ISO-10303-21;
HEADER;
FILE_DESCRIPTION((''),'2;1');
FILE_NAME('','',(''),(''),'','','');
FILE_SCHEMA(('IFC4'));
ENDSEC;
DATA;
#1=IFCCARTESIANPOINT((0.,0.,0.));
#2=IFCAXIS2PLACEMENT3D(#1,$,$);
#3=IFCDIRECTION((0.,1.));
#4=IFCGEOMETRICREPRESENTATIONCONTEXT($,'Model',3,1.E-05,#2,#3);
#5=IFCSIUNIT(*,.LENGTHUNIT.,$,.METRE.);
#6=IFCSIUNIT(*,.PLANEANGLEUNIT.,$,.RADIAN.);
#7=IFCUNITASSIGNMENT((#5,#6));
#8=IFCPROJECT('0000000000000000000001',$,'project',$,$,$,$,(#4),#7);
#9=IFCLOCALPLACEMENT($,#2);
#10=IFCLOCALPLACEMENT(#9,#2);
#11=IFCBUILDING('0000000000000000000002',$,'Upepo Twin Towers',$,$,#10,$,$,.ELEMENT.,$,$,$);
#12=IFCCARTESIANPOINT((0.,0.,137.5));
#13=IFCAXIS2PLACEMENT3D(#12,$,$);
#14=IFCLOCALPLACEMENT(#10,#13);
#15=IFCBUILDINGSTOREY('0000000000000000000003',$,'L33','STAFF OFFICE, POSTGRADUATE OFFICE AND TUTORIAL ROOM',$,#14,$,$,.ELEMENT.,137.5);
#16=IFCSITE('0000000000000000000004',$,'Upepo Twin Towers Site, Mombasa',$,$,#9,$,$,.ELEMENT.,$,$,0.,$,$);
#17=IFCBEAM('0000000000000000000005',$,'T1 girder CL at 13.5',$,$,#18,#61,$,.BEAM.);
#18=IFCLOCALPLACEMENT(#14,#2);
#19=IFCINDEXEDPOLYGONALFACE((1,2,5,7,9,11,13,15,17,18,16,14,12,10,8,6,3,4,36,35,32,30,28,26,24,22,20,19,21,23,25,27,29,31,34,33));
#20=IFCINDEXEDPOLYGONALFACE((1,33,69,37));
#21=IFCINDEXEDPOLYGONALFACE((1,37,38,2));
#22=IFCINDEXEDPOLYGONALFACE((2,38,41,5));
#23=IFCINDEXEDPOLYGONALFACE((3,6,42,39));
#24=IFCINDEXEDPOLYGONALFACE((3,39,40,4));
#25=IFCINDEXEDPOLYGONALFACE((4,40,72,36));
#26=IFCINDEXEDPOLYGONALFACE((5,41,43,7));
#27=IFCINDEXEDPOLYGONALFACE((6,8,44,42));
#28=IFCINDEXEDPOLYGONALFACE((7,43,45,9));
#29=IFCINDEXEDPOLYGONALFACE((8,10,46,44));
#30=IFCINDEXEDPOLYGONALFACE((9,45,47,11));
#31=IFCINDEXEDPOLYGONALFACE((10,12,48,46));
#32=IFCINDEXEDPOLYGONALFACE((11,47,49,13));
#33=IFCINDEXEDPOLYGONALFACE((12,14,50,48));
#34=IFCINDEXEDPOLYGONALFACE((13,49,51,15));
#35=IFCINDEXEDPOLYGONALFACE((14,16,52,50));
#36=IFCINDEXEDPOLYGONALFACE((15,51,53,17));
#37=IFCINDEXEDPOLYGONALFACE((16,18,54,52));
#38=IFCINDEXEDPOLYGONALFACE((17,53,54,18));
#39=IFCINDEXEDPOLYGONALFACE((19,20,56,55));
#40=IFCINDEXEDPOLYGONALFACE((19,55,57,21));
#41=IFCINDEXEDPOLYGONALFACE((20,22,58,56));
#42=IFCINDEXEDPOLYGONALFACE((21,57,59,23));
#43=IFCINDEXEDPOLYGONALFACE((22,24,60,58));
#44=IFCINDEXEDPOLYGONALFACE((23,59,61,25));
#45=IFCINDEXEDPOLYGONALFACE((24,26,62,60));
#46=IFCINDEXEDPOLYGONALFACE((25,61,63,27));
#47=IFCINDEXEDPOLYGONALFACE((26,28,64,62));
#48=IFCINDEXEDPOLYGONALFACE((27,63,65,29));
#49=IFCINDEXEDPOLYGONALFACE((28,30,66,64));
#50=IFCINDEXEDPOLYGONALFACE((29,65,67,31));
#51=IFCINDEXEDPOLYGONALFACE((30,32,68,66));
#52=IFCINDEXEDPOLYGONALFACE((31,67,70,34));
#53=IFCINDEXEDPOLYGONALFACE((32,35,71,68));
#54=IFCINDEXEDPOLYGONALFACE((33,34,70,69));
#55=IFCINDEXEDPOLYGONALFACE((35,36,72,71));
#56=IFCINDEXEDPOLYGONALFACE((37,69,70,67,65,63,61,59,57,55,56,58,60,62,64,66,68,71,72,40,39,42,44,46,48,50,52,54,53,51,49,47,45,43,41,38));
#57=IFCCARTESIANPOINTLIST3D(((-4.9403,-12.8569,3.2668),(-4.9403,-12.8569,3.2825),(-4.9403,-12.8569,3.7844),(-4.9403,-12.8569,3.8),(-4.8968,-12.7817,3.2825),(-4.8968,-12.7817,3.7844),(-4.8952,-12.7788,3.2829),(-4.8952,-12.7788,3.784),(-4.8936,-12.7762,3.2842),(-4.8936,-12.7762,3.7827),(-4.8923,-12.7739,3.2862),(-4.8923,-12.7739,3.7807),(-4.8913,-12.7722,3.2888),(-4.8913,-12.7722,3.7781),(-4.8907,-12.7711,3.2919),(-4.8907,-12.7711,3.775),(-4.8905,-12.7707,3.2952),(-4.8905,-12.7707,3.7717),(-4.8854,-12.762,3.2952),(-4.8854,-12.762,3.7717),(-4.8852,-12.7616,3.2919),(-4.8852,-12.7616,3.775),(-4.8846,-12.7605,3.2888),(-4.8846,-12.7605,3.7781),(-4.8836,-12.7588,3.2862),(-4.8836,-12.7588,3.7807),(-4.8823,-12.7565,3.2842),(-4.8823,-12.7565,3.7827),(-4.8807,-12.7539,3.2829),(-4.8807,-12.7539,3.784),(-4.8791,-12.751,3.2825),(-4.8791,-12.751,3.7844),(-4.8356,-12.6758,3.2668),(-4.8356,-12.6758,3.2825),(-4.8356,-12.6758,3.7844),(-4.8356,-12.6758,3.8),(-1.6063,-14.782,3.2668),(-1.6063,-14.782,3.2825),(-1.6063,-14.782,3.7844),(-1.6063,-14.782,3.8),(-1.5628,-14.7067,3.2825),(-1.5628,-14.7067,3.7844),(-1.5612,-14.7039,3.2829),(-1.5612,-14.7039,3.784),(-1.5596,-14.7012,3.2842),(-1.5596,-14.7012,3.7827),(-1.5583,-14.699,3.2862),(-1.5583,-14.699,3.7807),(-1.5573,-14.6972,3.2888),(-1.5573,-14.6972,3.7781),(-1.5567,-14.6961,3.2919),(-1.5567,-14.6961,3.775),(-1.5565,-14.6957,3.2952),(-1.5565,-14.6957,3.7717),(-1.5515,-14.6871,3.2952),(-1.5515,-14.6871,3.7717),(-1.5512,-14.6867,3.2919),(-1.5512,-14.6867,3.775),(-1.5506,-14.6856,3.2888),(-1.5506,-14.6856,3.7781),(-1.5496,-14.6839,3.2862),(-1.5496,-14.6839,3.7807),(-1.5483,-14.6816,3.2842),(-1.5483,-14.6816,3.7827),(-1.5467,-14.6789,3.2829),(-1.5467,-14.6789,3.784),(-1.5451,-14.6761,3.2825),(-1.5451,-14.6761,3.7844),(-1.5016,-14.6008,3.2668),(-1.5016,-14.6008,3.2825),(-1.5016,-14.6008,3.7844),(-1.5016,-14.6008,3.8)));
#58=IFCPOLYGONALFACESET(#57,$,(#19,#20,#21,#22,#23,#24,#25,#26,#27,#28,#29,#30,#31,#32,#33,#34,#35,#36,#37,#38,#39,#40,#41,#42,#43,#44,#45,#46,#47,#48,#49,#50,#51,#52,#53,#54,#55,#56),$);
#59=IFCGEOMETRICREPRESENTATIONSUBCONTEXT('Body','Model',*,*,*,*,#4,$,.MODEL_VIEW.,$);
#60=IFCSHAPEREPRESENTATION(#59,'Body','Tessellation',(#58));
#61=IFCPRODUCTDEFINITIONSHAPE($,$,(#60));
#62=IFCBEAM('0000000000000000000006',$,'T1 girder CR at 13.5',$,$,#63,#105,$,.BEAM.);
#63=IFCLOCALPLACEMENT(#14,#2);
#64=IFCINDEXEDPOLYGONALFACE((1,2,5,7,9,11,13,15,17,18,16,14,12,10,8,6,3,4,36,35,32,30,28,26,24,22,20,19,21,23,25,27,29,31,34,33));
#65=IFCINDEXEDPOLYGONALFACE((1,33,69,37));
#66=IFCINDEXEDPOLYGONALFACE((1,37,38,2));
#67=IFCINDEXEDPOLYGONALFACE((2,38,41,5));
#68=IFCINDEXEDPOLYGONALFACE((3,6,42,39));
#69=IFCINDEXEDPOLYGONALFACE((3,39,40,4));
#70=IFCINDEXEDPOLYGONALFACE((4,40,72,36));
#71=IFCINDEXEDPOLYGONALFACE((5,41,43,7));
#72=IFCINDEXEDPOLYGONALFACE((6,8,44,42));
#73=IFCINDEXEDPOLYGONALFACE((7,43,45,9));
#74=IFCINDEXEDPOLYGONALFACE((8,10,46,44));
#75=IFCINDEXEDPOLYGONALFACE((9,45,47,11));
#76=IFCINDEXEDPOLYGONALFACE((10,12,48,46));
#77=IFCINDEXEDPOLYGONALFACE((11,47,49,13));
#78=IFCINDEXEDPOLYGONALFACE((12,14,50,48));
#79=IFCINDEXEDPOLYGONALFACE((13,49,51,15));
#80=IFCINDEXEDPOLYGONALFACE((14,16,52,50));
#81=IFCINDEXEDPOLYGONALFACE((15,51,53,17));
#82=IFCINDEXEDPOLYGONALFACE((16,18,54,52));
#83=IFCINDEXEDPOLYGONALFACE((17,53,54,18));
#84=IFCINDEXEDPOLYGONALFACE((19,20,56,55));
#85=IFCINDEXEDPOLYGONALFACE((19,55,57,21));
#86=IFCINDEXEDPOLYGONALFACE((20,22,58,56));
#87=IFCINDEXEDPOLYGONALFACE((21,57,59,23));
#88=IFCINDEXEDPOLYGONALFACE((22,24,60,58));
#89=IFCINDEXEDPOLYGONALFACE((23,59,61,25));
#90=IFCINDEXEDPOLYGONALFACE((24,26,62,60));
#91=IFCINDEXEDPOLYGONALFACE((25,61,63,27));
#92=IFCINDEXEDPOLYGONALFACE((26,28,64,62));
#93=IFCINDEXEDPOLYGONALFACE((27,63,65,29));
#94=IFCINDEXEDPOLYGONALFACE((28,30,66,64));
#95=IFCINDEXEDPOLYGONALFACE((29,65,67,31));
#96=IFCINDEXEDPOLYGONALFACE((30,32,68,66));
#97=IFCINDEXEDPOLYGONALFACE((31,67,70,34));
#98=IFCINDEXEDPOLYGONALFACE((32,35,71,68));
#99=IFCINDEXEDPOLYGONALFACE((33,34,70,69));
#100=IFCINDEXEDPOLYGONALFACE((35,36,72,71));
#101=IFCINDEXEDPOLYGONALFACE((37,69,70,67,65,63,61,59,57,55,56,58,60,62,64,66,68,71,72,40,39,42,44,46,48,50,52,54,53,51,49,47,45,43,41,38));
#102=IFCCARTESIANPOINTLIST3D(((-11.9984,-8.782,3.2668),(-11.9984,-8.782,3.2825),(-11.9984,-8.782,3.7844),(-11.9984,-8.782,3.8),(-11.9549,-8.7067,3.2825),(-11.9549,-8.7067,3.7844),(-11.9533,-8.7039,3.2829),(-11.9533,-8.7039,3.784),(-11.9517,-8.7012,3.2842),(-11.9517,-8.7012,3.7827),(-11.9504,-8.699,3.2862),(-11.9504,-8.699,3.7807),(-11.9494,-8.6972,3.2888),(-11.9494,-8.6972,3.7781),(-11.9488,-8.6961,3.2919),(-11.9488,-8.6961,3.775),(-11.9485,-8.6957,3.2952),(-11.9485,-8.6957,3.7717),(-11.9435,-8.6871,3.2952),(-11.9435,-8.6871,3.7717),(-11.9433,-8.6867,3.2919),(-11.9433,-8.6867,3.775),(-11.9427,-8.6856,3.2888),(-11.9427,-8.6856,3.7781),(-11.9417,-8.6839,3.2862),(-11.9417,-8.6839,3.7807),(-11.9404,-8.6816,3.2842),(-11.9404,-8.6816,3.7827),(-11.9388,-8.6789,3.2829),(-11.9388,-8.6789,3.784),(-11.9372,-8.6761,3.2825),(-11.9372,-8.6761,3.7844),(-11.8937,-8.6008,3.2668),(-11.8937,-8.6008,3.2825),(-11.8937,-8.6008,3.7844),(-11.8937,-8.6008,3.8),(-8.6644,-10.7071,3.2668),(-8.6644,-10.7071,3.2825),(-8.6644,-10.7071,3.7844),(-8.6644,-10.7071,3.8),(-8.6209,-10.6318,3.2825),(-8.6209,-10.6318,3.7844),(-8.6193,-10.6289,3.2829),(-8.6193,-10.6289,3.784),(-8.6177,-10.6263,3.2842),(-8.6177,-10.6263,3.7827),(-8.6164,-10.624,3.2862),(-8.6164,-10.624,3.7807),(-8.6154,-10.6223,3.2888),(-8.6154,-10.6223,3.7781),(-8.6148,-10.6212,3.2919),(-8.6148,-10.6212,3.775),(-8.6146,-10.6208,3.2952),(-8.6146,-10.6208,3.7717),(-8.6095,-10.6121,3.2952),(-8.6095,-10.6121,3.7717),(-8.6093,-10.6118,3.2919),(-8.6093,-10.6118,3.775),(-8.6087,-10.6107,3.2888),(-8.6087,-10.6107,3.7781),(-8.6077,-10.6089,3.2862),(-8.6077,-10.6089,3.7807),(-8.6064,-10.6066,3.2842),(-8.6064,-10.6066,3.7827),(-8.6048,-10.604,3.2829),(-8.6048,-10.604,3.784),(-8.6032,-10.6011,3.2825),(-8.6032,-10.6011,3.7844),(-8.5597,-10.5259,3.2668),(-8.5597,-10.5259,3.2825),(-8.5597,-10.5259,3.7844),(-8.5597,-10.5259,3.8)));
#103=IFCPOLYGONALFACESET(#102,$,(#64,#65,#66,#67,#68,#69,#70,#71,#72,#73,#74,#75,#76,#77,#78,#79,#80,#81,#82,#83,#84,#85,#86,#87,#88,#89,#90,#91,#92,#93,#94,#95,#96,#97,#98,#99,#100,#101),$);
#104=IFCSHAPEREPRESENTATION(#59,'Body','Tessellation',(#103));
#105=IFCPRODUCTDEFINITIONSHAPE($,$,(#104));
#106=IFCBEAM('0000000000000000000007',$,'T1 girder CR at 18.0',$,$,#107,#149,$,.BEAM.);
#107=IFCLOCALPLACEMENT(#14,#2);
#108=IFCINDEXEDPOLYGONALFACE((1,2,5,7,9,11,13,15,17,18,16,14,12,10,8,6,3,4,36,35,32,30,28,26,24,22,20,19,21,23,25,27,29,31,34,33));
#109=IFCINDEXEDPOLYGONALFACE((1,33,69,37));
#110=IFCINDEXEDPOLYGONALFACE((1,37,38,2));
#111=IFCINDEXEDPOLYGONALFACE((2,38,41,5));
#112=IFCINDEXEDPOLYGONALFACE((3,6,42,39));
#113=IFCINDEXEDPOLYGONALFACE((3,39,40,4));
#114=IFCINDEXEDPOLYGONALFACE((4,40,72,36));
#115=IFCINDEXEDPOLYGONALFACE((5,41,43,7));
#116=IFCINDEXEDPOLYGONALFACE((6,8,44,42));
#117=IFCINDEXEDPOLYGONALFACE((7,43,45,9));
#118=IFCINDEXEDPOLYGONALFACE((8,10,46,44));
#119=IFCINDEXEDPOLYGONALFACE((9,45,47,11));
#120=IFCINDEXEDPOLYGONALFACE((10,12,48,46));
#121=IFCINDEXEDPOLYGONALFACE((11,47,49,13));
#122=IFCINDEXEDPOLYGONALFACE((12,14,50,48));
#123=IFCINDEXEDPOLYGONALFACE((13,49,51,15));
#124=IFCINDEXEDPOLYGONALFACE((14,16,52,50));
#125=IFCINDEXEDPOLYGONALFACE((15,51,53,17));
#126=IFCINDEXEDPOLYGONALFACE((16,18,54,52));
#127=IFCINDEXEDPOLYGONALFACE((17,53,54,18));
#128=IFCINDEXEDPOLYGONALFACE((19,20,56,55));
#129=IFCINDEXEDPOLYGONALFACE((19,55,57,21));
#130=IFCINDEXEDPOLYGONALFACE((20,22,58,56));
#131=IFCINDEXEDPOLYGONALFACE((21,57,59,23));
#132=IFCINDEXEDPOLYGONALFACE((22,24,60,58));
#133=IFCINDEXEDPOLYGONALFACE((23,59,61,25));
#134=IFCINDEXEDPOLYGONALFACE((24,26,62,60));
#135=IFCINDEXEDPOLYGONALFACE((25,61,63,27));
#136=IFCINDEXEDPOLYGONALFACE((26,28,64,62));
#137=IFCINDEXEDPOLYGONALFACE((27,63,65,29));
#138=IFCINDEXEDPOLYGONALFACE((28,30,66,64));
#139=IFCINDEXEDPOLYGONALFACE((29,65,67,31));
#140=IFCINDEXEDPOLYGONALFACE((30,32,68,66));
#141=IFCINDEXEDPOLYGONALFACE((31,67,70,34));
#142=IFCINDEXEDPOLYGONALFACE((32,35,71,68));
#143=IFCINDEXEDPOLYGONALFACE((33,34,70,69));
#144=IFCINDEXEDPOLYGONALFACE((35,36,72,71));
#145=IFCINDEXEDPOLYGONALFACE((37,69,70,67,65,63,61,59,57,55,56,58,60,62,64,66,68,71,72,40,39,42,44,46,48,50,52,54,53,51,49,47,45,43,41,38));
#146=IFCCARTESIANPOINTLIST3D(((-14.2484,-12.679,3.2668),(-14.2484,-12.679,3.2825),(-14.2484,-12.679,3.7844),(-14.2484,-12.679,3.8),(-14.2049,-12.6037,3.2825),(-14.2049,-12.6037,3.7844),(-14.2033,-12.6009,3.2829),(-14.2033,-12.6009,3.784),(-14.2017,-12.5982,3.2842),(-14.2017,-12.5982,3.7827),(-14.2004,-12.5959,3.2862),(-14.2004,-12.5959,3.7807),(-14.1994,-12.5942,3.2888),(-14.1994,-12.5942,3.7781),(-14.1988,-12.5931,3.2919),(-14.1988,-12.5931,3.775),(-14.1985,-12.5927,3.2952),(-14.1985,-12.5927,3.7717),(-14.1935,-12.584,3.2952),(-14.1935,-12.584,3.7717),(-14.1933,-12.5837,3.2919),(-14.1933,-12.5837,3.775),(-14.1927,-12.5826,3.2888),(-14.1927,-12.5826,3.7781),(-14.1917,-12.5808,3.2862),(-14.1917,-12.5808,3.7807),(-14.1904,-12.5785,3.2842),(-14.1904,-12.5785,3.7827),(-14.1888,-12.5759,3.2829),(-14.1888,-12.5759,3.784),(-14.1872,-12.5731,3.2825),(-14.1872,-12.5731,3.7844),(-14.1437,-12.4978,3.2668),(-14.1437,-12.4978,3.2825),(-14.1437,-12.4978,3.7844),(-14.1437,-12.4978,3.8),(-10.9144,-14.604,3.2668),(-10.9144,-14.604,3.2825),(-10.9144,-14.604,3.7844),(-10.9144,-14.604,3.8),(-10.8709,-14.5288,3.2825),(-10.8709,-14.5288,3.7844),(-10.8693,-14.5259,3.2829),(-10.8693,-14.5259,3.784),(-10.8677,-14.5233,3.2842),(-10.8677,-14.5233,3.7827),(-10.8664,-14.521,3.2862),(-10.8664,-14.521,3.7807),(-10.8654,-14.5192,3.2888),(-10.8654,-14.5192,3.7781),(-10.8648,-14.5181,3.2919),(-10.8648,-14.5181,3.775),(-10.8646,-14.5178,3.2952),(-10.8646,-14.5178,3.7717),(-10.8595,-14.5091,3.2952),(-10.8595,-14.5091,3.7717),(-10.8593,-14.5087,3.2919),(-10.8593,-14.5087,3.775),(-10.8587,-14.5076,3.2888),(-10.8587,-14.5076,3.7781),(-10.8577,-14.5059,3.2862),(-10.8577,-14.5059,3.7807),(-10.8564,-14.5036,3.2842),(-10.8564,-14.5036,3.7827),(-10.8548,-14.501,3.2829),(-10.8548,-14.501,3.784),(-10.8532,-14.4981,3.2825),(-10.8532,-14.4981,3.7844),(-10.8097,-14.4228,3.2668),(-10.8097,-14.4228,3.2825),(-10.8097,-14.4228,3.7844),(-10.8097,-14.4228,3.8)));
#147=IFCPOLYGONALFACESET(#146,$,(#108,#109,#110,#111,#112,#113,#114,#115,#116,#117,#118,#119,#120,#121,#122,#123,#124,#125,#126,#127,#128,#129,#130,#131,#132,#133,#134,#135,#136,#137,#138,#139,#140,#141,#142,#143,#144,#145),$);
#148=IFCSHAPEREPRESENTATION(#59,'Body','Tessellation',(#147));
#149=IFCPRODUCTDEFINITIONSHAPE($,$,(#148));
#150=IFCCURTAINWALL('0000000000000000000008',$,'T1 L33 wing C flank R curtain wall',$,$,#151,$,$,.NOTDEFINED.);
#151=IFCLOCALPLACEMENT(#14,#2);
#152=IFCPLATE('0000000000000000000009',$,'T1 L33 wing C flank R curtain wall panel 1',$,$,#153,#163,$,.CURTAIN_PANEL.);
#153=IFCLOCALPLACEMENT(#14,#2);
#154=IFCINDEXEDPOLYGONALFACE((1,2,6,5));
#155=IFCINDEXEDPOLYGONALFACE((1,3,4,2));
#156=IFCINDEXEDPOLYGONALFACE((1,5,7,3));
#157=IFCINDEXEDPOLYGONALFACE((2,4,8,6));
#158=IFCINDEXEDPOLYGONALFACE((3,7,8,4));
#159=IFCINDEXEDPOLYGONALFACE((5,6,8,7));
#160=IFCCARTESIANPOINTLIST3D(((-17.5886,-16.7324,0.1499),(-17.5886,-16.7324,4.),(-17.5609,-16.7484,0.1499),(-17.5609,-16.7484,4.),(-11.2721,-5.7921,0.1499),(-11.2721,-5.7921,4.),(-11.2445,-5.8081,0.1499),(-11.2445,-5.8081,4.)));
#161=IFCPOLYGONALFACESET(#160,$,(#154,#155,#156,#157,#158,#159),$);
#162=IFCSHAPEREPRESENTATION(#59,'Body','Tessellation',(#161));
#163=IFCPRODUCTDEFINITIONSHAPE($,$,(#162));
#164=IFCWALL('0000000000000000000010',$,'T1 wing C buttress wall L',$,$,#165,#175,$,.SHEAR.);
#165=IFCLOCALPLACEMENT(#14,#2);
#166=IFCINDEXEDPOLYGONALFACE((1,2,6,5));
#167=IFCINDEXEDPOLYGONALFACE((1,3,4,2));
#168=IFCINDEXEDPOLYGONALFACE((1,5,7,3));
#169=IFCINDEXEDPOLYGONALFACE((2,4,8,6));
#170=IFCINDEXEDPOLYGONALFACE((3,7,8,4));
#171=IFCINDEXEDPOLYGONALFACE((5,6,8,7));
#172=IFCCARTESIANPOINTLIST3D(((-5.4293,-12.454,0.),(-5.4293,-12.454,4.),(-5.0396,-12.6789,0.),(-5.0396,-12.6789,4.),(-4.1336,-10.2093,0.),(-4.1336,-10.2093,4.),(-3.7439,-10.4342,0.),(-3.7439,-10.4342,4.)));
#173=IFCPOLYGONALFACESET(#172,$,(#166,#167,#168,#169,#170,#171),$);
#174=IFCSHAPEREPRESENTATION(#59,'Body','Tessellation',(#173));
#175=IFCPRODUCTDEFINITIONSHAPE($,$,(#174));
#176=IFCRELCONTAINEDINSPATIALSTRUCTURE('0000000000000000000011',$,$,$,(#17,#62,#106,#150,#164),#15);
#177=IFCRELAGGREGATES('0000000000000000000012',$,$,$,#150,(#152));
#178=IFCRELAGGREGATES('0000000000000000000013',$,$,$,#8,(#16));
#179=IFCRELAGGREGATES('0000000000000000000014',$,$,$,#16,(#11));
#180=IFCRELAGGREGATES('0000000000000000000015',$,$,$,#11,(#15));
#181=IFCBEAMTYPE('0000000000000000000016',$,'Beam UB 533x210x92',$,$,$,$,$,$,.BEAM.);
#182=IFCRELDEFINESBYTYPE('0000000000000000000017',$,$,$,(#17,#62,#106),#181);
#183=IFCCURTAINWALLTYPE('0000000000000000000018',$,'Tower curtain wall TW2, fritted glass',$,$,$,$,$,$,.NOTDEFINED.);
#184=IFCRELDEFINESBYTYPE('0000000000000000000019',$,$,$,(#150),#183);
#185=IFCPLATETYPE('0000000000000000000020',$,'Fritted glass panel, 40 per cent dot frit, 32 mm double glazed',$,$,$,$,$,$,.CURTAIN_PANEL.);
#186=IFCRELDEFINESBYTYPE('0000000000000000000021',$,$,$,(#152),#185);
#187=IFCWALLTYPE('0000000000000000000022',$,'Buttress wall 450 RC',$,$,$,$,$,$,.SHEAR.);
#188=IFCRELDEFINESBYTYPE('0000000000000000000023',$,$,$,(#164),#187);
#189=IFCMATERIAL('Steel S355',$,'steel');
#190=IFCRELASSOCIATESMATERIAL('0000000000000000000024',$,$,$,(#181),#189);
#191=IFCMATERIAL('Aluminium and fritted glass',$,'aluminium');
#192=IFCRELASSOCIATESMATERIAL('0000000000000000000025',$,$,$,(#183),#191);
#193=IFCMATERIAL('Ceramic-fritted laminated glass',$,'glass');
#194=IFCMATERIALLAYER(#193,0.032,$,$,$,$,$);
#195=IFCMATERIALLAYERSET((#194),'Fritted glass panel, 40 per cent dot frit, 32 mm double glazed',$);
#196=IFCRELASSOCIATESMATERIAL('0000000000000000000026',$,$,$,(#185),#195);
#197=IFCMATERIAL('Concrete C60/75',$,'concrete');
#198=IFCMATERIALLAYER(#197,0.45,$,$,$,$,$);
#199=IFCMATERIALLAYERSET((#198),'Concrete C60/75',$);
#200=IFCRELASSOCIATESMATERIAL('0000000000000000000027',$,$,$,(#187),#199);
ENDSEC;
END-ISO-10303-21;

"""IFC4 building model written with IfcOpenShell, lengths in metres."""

from ifc_helpers import new_model, si_unit, direction, frame, frame_2d, origin, origin_2d, place, context, subcontext, project, spatial, rectangle, i_section, extrude, material, layer, layer_set, material_profile, profile_set, type_object, element, aggregate, save


model = new_model("IFC4")

# Units and contexts
model_context = context("Model", 3, precision=1e-05, world=origin(), true_north=direction((0.0, 1.0)))
body_context = subcontext(model_context, "Body", "Model", "MODEL_VIEW")
ifc_project = project(units=[si_unit("LENGTHUNIT", "METRE"), si_unit("PLANEANGLEUNIT", "RADIAN")], contexts=[model_context])

# Site, building, storey
site_placement = place(None, origin())
site = spatial("IfcSite", under=ifc_project, at=site_placement, Name="Upepo Twin Towers Site, Mombasa", CompositionType="ELEMENT", RefElevation=0.0)
building_placement = place(site_placement, origin())
building = spatial("IfcBuilding", under=site, at=building_placement, Name="Upepo Twin Towers", CompositionType="ELEMENT")
storey_placement = place(building_placement, frame((0.0, 0.0, 137.5)))
storey = spatial("IfcBuildingStorey", under=building, at=storey_placement, Name="L33", Description="STAFF OFFICE, POSTGRADUATE OFFICE AND TUTORIAL ROOM", CompositionType="ELEMENT", Elevation=137.5)

# Beams
ifc_material_1 = material(Name="Steel S355", Category="steel")
ifc_material_profile_1 = material_profile(ifc_material_1, i_section(OverallWidth=0.2092, OverallDepth=0.5332, WebThickness=0.01, FlangeThickness=0.0156, FilletRadius=0.0127, at=origin_2d()), Name="UB 533x210x92")
ifc_profile_set_1 = profile_set([ifc_material_profile_1], Name="Steel S355")
beam_type_1 = type_object("IfcBeamType", Name="Beam UB 533x210x92", PredefinedType="BEAM", material=ifc_profile_set_1)
for number, where, z_axis, x_axis, name in (
    (1, (-1.554, -14.6914, 3.5334), (-0.866006, 0.500034, 0.0), (-0.500034, -0.866006, 0.0), "T1 girder CL at 13.5"),
    (2, (-11.946, -8.6914, 3.5334), (0.866006, -0.500034, 0.0), (0.500034, 0.866006, 0.0), "T1 girder CR at 13.5"),
    (3, (-14.196, -12.5884, 3.5334), (0.866006, -0.500034, 0.0), (0.500034, 0.866006, 0.0), "T1 girder CR at 18.0"),
):
    element("IfcBeam", number, at=place(storey_placement, frame(where, z_axis=z_axis, x_axis=x_axis)), inside=storey, type_object=beam_type_1, Name=name, PredefinedType="BEAM", context=body_context, shape_type="SweptSolid", body=[
        extrude(i_section(OverallWidth=0.2092, OverallDepth=0.5332, WebThickness=0.01, FlangeThickness=0.0156, FilletRadius=0.0127, at=origin_2d()), origin(), (0.0, 0.0, 1.0), 3.8499),
    ])

# Curtain wall, plate
ifc_material_2 = material(Name="Aluminium and fritted glass", Category="aluminium")
curtain_wall_type = type_object("IfcCurtainWallType", Name="Tower curtain wall TW2, fritted glass", PredefinedType="NOTDEFINED", material=ifc_material_2)
curtain_wall_placement = place(storey_placement, origin())
curtain_wall = element("IfcCurtainWall", 4, at=curtain_wall_placement, inside=storey, type_object=curtain_wall_type, Name="T1 L33 wing C flank R curtain wall", PredefinedType="NOTDEFINED")
ifc_material_3 = material(Name="Ceramic-fritted laminated glass", Category="glass")
ifc_layer_1 = layer(ifc_material_3, 0.032)
ifc_layer_set_1 = layer_set([ifc_layer_1], Name="Fritted glass panel, 40 per cent dot frit, 32 mm double glazed")
plate_type = type_object("IfcPlateType", Name="Fritted glass panel, 40 per cent dot frit, 32 mm double glazed", PredefinedType="CURTAIN_PANEL", material=ifc_layer_set_1)
plate_placement = place(storey_placement, frame((-14.4165, -11.2703, 0.1499), z_axis=(0.0, 0.0, 1.0), x_axis=(0.5, 0.866025, 0.0)))
plate = element("IfcPlate", 5, at=plate_placement, type_object=plate_type, Name="T1 L33 wing C flank R curtain wall panel 1", PredefinedType="CURTAIN_PANEL", context=body_context, shape_type="SweptSolid", body=[
    extrude(rectangle(XDim=12.6328, YDim=0.032, at=origin_2d()), origin(), (0.0, 0.0, 1.0), 3.8501),
])
aggregate(curtain_wall, [plate])

# Wall
ifc_material_4 = material(Name="Concrete C60/75", Category="concrete")
ifc_layer_2 = layer(ifc_material_4, 0.45)
ifc_layer_set_2 = layer_set([ifc_layer_2], Name="Concrete C60/75")
wall_type_1 = type_object("IfcWallType", Name="Buttress wall 450 RC", PredefinedType="SHEAR", material=ifc_layer_set_2)
wall_1_placement = place(storey_placement, frame((-3.9387, -10.3218, 0.0), z_axis=(0.0, 0.0, 1.0), x_axis=(-0.499918, -0.866073, 0.0)))
element("IfcWall", 6, at=wall_1_placement, inside=storey, type_object=wall_type_1, Name="T1 wing C buttress wall L", PredefinedType="SHEAR", context=body_context, shape_type="SweptSolid", body=[
    extrude(rectangle(XDim=2.5918, YDim=0.45, at=frame_2d((1.2959, 0.0))), origin(), (0.0, 0.0, 1.0), 4.0),
])

save(model, "model.ifc")
